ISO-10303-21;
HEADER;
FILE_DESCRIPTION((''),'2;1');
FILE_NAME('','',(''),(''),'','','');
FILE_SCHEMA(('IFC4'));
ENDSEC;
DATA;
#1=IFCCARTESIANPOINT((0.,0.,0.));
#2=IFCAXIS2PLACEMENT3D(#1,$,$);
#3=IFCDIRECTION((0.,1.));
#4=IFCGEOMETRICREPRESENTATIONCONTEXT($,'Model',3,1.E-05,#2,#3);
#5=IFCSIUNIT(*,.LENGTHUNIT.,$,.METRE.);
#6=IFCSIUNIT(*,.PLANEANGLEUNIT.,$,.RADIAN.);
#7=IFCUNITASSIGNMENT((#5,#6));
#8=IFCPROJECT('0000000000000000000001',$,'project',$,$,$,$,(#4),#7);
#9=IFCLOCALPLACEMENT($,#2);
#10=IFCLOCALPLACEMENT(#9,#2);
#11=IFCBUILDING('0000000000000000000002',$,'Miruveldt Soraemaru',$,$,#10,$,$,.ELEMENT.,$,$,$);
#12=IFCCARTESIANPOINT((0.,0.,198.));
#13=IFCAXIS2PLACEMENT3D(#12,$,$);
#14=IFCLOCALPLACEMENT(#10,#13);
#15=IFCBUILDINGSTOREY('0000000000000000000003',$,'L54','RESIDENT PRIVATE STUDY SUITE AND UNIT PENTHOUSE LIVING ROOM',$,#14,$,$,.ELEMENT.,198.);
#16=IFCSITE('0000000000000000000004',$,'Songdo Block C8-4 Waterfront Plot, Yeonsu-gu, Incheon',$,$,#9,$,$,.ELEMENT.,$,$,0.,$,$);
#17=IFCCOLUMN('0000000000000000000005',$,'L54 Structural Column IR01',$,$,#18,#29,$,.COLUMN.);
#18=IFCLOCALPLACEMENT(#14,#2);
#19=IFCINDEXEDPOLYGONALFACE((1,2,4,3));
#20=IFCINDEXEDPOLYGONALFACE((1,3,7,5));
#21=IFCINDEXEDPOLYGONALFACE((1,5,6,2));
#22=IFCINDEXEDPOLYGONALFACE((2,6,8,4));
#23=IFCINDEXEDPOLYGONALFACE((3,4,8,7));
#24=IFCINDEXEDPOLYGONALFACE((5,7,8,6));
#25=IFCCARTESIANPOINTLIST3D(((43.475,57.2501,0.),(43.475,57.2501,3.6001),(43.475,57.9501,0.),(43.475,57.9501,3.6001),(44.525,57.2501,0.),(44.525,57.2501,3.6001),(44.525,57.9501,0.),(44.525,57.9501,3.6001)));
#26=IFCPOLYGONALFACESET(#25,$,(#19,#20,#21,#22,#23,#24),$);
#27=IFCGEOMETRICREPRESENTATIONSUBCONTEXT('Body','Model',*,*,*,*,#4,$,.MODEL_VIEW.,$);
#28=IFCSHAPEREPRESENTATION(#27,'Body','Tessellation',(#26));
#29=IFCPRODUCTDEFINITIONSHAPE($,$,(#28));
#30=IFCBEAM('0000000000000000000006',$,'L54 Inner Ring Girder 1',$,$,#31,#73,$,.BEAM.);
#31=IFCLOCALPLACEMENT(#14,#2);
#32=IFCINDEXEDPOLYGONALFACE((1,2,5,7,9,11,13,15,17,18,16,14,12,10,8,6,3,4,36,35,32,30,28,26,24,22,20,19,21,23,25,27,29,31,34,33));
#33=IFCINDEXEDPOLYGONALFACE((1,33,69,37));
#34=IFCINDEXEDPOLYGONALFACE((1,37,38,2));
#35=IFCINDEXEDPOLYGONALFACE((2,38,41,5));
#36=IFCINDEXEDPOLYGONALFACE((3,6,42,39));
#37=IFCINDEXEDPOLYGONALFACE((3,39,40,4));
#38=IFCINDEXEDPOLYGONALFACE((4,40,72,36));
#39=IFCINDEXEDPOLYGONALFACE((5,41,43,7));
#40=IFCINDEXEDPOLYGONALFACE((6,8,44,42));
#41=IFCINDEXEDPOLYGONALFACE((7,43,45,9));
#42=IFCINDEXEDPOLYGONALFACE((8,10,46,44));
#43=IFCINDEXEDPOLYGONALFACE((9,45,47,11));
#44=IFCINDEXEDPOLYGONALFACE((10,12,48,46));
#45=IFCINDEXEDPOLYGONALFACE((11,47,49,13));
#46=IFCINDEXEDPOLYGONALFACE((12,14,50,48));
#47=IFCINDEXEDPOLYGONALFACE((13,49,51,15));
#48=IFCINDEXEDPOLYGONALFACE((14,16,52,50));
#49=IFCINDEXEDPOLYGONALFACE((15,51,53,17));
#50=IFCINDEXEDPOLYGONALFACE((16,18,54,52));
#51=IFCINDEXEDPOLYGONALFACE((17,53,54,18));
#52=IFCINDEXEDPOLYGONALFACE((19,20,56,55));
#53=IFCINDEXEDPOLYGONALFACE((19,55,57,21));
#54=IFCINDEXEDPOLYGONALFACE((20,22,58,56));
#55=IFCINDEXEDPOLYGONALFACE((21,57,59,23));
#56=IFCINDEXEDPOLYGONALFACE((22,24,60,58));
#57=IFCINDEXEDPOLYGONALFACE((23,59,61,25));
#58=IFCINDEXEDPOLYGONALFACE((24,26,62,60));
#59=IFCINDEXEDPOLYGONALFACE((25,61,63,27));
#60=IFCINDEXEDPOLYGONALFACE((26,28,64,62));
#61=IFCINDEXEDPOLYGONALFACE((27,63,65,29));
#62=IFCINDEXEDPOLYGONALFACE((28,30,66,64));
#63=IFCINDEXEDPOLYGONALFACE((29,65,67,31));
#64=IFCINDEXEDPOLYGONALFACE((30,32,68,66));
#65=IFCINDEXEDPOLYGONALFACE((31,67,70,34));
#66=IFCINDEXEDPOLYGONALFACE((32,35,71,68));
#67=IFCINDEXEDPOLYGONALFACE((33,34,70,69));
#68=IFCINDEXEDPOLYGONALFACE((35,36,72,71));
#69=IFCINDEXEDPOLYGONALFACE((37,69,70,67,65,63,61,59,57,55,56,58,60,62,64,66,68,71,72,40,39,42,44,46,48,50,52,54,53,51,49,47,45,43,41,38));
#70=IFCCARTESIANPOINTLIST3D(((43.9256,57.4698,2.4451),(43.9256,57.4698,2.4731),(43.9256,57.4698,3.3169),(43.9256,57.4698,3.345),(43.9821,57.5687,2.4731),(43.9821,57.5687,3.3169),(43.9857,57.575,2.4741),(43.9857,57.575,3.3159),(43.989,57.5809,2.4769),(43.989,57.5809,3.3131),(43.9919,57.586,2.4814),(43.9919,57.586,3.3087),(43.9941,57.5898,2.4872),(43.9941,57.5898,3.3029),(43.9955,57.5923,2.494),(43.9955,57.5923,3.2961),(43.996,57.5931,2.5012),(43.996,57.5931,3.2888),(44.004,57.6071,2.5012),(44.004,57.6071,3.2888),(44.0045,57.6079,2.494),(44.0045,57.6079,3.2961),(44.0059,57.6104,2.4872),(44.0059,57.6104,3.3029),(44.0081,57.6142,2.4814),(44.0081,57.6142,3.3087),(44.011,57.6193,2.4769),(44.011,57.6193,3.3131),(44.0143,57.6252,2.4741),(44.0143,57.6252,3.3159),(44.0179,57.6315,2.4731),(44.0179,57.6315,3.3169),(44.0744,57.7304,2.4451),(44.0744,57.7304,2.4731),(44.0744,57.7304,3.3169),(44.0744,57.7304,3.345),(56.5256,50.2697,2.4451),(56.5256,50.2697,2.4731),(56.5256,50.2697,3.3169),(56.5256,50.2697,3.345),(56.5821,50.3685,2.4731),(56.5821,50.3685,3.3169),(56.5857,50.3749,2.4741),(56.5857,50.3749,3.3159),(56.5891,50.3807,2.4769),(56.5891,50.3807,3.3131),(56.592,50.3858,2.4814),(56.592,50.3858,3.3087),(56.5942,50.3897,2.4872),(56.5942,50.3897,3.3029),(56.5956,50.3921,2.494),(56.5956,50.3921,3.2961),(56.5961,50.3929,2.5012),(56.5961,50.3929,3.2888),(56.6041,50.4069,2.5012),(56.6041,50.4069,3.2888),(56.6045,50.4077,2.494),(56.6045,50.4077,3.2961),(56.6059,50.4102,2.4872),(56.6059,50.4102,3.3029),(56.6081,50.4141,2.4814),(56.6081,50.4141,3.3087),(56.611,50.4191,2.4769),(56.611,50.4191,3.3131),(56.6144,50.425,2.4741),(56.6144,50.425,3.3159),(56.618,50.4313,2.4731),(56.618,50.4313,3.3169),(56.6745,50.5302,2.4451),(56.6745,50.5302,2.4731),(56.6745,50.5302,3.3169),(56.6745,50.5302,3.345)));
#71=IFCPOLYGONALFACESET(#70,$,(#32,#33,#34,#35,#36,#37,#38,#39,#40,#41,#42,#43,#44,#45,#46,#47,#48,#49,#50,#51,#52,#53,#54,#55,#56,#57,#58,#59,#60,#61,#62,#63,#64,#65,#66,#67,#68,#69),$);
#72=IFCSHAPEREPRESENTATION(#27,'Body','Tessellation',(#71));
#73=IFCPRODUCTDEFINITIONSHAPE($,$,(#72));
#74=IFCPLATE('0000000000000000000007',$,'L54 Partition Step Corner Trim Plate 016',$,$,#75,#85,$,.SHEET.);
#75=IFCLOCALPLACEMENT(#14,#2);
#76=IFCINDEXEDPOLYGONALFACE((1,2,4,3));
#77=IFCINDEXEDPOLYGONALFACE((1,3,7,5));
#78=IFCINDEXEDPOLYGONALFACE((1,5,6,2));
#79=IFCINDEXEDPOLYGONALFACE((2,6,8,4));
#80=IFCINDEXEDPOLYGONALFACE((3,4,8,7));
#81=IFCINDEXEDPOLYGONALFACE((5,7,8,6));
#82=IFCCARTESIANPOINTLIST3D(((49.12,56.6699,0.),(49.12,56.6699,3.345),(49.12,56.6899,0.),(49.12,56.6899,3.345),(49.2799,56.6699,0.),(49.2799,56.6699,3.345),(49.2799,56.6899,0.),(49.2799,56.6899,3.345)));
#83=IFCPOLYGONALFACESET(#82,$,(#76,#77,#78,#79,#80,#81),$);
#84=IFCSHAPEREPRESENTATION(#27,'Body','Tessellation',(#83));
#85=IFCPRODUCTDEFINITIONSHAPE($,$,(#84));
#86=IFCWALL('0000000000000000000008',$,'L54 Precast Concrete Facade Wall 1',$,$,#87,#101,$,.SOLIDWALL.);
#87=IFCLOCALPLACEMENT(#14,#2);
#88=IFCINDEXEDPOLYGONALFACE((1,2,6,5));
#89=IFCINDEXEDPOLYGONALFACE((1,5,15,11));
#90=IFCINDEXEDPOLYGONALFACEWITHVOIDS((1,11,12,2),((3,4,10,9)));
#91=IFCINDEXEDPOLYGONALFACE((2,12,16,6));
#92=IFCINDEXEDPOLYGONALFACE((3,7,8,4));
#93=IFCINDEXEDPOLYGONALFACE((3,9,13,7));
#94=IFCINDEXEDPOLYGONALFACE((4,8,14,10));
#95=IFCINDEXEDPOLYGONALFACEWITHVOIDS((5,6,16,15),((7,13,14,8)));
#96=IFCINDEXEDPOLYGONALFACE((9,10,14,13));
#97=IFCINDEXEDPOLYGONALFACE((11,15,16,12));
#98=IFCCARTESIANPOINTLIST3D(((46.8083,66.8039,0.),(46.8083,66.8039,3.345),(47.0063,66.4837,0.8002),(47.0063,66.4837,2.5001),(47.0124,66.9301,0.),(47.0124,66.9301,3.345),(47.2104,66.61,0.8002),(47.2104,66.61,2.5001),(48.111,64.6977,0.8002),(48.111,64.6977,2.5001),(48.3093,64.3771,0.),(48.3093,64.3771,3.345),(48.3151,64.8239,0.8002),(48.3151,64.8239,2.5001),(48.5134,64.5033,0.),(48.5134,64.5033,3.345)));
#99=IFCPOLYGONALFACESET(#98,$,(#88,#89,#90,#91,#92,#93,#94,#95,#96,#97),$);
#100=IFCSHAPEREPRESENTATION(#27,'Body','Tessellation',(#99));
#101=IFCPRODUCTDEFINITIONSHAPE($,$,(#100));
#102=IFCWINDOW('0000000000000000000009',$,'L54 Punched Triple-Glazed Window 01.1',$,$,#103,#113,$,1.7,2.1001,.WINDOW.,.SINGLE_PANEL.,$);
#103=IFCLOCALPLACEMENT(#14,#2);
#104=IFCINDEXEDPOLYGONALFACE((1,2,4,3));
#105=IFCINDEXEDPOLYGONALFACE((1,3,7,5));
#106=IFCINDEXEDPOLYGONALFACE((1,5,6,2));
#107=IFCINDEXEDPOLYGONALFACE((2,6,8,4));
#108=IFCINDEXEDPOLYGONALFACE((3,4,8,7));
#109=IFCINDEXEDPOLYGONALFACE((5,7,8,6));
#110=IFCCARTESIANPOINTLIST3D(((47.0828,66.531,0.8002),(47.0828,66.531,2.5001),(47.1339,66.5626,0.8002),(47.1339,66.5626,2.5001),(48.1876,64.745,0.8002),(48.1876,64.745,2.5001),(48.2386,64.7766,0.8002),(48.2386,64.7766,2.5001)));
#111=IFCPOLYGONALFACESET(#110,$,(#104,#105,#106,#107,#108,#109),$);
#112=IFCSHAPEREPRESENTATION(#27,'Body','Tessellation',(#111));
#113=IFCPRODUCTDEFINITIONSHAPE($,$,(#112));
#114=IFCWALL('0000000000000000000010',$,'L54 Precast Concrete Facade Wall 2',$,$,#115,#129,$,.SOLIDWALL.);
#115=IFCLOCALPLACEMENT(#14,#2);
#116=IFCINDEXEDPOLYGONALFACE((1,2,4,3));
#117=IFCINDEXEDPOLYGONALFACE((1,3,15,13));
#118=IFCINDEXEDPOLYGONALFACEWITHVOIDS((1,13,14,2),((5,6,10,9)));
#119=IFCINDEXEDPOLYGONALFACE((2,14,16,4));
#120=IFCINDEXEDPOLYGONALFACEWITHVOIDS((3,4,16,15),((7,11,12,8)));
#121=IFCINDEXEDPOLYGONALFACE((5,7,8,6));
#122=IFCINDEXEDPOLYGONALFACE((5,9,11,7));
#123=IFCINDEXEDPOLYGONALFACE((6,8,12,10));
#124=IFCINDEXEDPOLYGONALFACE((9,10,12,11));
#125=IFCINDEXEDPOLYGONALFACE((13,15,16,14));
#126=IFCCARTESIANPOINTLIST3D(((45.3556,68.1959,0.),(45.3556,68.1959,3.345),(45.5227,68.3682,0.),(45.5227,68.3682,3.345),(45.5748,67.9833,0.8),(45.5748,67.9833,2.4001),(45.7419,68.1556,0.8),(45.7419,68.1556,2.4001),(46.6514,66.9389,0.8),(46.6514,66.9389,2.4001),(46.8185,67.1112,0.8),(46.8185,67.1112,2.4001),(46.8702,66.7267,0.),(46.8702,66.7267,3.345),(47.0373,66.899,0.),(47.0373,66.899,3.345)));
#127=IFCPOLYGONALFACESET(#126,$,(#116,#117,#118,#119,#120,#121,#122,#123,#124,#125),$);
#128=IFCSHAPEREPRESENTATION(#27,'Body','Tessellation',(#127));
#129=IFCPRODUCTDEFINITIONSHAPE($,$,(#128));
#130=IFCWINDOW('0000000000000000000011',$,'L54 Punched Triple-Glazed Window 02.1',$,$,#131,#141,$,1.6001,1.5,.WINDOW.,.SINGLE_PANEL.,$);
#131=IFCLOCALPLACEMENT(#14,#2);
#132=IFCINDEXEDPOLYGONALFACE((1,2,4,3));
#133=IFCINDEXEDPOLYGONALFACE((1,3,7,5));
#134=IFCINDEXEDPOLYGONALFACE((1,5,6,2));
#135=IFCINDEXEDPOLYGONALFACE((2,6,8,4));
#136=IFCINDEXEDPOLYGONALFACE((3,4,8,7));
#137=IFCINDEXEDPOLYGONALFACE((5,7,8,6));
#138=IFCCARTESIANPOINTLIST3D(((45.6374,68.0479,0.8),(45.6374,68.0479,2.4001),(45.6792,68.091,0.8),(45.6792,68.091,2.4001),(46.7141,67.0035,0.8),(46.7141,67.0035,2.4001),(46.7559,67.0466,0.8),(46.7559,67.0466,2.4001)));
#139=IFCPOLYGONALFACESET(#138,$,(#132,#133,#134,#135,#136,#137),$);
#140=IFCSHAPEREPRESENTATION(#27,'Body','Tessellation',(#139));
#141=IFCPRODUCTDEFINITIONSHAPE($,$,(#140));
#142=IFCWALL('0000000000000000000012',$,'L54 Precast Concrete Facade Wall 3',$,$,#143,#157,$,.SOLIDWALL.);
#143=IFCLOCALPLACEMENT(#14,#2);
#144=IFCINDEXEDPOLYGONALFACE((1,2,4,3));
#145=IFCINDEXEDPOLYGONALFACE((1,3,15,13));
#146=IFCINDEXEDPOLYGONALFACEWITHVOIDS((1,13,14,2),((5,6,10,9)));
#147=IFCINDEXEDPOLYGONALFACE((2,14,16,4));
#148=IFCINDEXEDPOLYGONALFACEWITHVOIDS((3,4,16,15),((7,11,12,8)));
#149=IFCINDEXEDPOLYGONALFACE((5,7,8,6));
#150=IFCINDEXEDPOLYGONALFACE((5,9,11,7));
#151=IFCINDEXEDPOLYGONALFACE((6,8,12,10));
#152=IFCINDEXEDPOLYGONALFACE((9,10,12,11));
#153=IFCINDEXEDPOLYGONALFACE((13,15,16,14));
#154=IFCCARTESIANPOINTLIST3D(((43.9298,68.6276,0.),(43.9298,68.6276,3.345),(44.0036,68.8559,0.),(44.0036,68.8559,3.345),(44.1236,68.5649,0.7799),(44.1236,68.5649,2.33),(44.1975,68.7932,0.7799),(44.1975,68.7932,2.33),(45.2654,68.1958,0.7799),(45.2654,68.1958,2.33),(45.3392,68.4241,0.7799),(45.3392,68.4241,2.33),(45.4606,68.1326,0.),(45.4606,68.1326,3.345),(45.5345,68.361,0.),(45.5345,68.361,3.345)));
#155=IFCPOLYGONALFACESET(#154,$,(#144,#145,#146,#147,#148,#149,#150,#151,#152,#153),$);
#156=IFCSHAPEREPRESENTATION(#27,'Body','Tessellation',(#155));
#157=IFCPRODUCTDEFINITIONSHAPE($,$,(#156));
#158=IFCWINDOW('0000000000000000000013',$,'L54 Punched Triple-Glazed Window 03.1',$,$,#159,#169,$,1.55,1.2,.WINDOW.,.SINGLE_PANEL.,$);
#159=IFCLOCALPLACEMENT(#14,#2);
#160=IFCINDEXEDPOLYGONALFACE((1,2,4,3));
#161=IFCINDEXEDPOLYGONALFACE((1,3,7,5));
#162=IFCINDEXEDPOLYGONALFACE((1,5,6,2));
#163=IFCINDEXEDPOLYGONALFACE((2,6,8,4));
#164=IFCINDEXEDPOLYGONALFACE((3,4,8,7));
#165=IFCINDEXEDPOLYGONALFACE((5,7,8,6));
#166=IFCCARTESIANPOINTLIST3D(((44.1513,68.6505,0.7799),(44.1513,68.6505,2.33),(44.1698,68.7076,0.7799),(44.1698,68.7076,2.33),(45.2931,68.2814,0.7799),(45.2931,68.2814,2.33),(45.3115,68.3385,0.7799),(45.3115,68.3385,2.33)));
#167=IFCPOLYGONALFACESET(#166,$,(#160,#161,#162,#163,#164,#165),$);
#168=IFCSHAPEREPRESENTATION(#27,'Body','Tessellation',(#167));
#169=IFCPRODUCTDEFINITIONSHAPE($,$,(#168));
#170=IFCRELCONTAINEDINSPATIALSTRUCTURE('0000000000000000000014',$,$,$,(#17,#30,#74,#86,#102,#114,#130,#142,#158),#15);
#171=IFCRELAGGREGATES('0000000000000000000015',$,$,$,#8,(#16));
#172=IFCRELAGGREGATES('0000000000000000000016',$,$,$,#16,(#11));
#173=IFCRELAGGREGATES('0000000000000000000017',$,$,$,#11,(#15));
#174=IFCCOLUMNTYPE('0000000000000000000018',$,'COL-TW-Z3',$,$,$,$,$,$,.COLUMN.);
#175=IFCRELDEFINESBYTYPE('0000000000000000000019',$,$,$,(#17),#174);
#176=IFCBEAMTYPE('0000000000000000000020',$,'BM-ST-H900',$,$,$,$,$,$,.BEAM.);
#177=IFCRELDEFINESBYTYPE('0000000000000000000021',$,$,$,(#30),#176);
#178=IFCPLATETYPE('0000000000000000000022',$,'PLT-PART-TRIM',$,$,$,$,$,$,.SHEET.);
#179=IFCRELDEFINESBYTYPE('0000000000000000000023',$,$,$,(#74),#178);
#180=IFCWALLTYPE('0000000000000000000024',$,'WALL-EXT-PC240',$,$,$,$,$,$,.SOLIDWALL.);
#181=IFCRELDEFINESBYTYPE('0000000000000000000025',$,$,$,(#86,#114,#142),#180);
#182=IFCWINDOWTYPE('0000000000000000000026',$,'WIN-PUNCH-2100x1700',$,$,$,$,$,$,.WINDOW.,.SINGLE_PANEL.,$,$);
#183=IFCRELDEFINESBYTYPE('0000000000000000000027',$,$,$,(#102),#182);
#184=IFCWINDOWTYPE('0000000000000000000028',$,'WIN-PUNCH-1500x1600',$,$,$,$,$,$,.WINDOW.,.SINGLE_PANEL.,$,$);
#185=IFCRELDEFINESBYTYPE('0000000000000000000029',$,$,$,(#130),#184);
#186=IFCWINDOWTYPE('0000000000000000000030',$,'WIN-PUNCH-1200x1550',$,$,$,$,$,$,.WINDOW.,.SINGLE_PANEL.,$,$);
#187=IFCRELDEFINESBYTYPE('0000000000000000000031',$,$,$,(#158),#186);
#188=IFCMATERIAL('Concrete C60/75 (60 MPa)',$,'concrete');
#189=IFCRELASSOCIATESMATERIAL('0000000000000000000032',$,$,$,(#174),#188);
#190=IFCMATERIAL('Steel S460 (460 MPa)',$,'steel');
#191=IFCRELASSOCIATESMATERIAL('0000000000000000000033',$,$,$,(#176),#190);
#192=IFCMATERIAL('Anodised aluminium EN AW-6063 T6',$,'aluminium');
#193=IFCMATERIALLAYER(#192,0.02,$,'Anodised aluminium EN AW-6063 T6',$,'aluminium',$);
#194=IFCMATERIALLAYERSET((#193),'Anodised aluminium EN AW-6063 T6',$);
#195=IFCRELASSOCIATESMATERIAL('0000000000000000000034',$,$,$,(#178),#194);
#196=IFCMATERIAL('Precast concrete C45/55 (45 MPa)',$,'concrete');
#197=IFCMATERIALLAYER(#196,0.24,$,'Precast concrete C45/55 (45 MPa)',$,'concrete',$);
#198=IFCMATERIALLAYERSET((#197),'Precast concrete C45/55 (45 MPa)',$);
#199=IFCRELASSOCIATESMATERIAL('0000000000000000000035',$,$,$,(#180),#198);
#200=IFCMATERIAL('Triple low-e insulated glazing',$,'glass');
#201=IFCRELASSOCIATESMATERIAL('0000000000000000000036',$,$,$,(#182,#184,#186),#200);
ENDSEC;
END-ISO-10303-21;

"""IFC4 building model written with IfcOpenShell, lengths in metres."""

from ifc_helpers import new_model, si_unit, direction, frame, frame_2d, origin, origin_2d, place, context, subcontext, project, spatial, rectangle, i_section, extrude, material, layer, layer_set, material_profile, profile_set, type_object, element, fill, save


model = new_model("IFC4")

# Units and contexts
model_context = context("Model", 3, precision=1e-05, world=origin(), true_north=direction((0.0, 1.0)))
body_context = subcontext(model_context, "Body", "Model", "MODEL_VIEW")
ifc_project = project(units=[si_unit("LENGTHUNIT", "METRE"), si_unit("PLANEANGLEUNIT", "RADIAN")], contexts=[model_context])

# Site, building, storey
site_placement = place(None, origin())
site = spatial("IfcSite", under=ifc_project, at=site_placement, Name="Songdo Block C8-4 Waterfront Plot, Yeonsu-gu, Incheon", CompositionType="ELEMENT", RefElevation=0.0)
building_placement = place(site_placement, origin())
building = spatial("IfcBuilding", under=site, at=building_placement, Name="Miruveldt Soraemaru", CompositionType="ELEMENT")
storey_placement = place(building_placement, frame((0.0, 0.0, 198.0)))
storey = spatial("IfcBuildingStorey", under=building, at=storey_placement, Name="L54", Description="RESIDENT PRIVATE STUDY SUITE AND UNIT PENTHOUSE LIVING ROOM", CompositionType="ELEMENT", Elevation=198.0)

# Column
ifc_material_1 = material(Name="Concrete C60/75 (60 MPa)", Category="concrete")
ifc_material_profile_1 = material_profile(ifc_material_1, rectangle(XDim=1.05, YDim=0.7, at=origin_2d()), Name="Concrete C60/75 (60 MPa)", Category="concrete")
ifc_profile_set_1 = profile_set([ifc_material_profile_1], Name="Concrete C60/75 (60 MPa)")
column_type = type_object("IfcColumnType", Name="COL-TW-Z3", PredefinedType="COLUMN", material=ifc_profile_set_1)
column_placement = place(storey_placement, frame((44.0, 57.6001, 0.0), z_axis=(0.0, 0.0, 1.0), x_axis=(1.0, 0.0, 0.0)))
element("IfcColumn", 1, at=column_placement, inside=storey, type_object=column_type, Name="L54 Structural Column IR01", PredefinedType="COLUMN", context=body_context, shape_type="SweptSolid", body=[
    extrude(rectangle(XDim=1.05, YDim=0.7, at=origin_2d()), origin(), (0.0, 0.0, 1.0), 3.6001),
])

# Beam
ifc_material_2 = material(Name="Steel S460 (460 MPa)", Category="steel")
ifc_material_profile_2 = material_profile(ifc_material_2, i_section(OverallWidth=0.3, OverallDepth=0.8999, WebThickness=0.0161, FlangeThickness=0.0281, FilletRadius=0.0281, at=origin_2d()), Name="Steel S460 (460 MPa)", Category="steel")
ifc_profile_set_2 = profile_set([ifc_material_profile_2], Name="Steel S460 (460 MPa)")
beam_type = type_object("IfcBeamType", Name="BM-ST-H900", PredefinedType="BEAM", material=ifc_profile_set_2)
beam_placement = place(storey_placement, frame((44.0, 57.6001, 2.895), z_axis=(0.868239, -0.496146, 0.0), x_axis=(0.496146, 0.868239, 0.0)))
element("IfcBeam", 2, at=beam_placement, inside=storey, type_object=beam_type, Name="L54 Inner Ring Girder 1", PredefinedType="BEAM", context=body_context, shape_type="SweptSolid", body=[
    extrude(i_section(OverallWidth=0.3, OverallDepth=0.8999, WebThickness=0.0161, FlangeThickness=0.0281, FilletRadius=0.0281, at=origin_2d()), origin(), (0.0, 0.0, 1.0), 14.5122),
])

# Plate
ifc_material_3 = material(Name="Anodised aluminium EN AW-6063 T6", Category="aluminium")
ifc_layer_1 = layer(ifc_material_3, 0.02, Name="Anodised aluminium EN AW-6063 T6", Category="aluminium")
ifc_layer_set_1 = layer_set([ifc_layer_1], Name="Anodised aluminium EN AW-6063 T6")
plate_type = type_object("IfcPlateType", Name="PLT-PART-TRIM", PredefinedType="SHEET", material=ifc_layer_set_1)
plate_placement = place(storey_placement, frame((49.2, 56.6799, 0.0), z_axis=(0.0, 0.0, 1.0), x_axis=(-1.0, 0.0, 0.0)))
element("IfcPlate", 3, at=plate_placement, inside=storey, type_object=plate_type, Name="L54 Partition Step Corner Trim Plate 016", PredefinedType="SHEET", context=body_context, shape_type="SweptSolid", body=[
    extrude(rectangle(XDim=0.1599, YDim=0.02, at=origin_2d()), origin(), (0.0, 0.0, 1.0), 3.345),
])

# Walls, openings, windows
ifc_material_4 = material(Name="Precast concrete C45/55 (45 MPa)", Category="concrete")
ifc_layer_2 = layer(ifc_material_4, 0.24, Name="Precast concrete C45/55 (45 MPa)", Category="concrete")
ifc_layer_set_2 = layer_set([ifc_layer_2], Name="Precast concrete C45/55 (45 MPa)")
wall_type_1 = type_object("IfcWallType", Name="WALL-EXT-PC240", PredefinedType="SOLIDWALL", material=ifc_layer_set_2)
wall_1_placement = place(storey_placement, frame((48.4114, 64.4402, 0.0), z_axis=(0.0, 0.0, 1.0), x_axis=(-0.526025, 0.850469, 0.0)))
wall_1 = element("IfcWall", 4, at=wall_1_placement, inside=storey, type_object=wall_type_1, Name="L54 Precast Concrete Facade Wall 1", PredefinedType="SOLIDWALL", context=body_context, shape_type="SweptSolid", body=[
    extrude(rectangle(XDim=2.8535, YDim=0.24, at=frame_2d((1.4268, 0.0))), origin(), (0.0, 0.0, 1.0), 3.345),
])
opening_1_placement = place(wall_1_placement, frame((0.377, 0.0, 0.8)))
opening_1 = element("IfcOpeningElement", 5, at=opening_1_placement, cuts=wall_1, PredefinedType="OPENING", context=body_context, shape_type="SweptSolid", body=[
    extrude(rectangle(XDim=2.1001, YDim=1.7, at=frame_2d((1.05, 0.8501))), frame((0.0, 0.1299, 0.0), z_axis=(0.0, -1.0, 0.0), x_axis=(1.0, 0.0, 0.0)), (0.0, 0.0, 1.0), 0.26),
])
ifc_material_5 = material(Name="Triple low-e insulated glazing", Category="glass")
window_type_1 = type_object("IfcWindowType", Name="WIN-PUNCH-2100x1700", PartitioningType="SINGLE_PANEL", PredefinedType="WINDOW", material=ifc_material_5)
window_1_placement = place(opening_1_placement, origin())
window_1 = element("IfcWindow", 6, at=window_1_placement, inside=storey, type_object=window_type_1, Name="L54 Punched Triple-Glazed Window 01.1", OverallHeight=1.7, OverallWidth=2.1001, PartitioningType="SINGLE_PANEL", PredefinedType="WINDOW", context=body_context, shape_type="SweptSolid", body=[
    extrude(rectangle(XDim=2.1001, YDim=1.7, at=frame_2d((1.05, 0.8501))), frame((0.0, 0.03, 0.0), z_axis=(0.0, -1.0, 0.0), x_axis=(1.0, 0.0, 0.0)), (0.0, 0.0, 1.0), 0.0601),
])
fill(opening_1, window_1)
wall_2_placement = place(storey_placement, frame((46.9539, 66.8127, 0.0), z_axis=(0.0, 0.0, 1.0), x_axis=(-0.717785, 0.696265, 0.0)))
wall_2 = element("IfcWall", 7, at=wall_2_placement, inside=storey, type_object=wall_type_1, Name="L54 Precast Concrete Facade Wall 2", PredefinedType="SOLIDWALL", context=body_context, shape_type="SweptSolid", body=[
    extrude(rectangle(XDim=2.1101, YDim=0.24, at=frame_2d((1.0552, 0.0))), origin(), (0.0, 0.0, 1.0), 3.345),
])
opening_2_placement = place(wall_2_placement, frame((0.3049, 0.0, 0.8)))
opening_2 = element("IfcOpeningElement", 8, at=opening_2_placement, cuts=wall_2, PredefinedType="OPENING", context=body_context, shape_type="SweptSolid", body=[
    extrude(rectangle(XDim=1.5, YDim=1.6001, at=frame_2d((0.75, 0.8))), frame((0.0, 0.1299, 0.0), z_axis=(0.0, -1.0, 0.0), x_axis=(1.0, 0.0, 0.0)), (0.0, 0.0, 1.0), 0.26),
])
window_type_2 = type_object("IfcWindowType", Name="WIN-PUNCH-1500x1600", PartitioningType="SINGLE_PANEL", PredefinedType="WINDOW", material=ifc_material_5)
window_2_placement = place(opening_2_placement, origin())
window_2 = element("IfcWindow", 9, at=window_2_placement, inside=storey, type_object=window_type_2, Name="L54 Punched Triple-Glazed Window 02.1", OverallHeight=1.6001, OverallWidth=1.5, PartitioningType="SINGLE_PANEL", PredefinedType="WINDOW", context=body_context, shape_type="SweptSolid", body=[
    extrude(rectangle(XDim=1.5, YDim=1.6001, at=frame_2d((0.75, 0.8))), frame((0.0, 0.03, 0.0), z_axis=(0.0, -1.0, 0.0), x_axis=(1.0, 0.0, 0.0)), (0.0, 0.0, 1.0), 0.0601),
])
fill(opening_2, window_2)
wall_3_placement = place(storey_placement, frame((45.4976, 68.2468, 0.0), z_axis=(0.0, 0.0, 1.0), x_axis=(-0.951512, 0.30761, 0.0)))
wall_3 = element("IfcWall", 10, at=wall_3_placement, inside=storey, type_object=wall_type_1, Name="L54 Precast Concrete Facade Wall 3", PredefinedType="SOLIDWALL", context=body_context, shape_type="SweptSolid", body=[
    extrude(rectangle(XDim=1.6089, YDim=0.24, at=frame_2d((0.8044, 0.0))), origin(), (0.0, 0.0, 1.0), 3.345),
])
opening_3_placement = place(wall_3_placement, frame((0.2051, 0.0, 0.78)))
opening_3 = element("IfcOpeningElement", 11, at=opening_3_placement, cuts=wall_3, PredefinedType="OPENING", context=body_context, shape_type="SweptSolid", body=[
    extrude(rectangle(XDim=1.2, YDim=1.55, at=frame_2d((0.6001, 0.7749))), frame((0.0, 0.1299, 0.0), z_axis=(0.0, -1.0, 0.0), x_axis=(1.0, 0.0, 0.0)), (0.0, 0.0, 1.0), 0.26),
])
window_type_3 = type_object("IfcWindowType", Name="WIN-PUNCH-1200x1550", PartitioningType="SINGLE_PANEL", PredefinedType="WINDOW", material=ifc_material_5)
window_3_placement = place(opening_3_placement, origin())
window_3 = element("IfcWindow", 12, at=window_3_placement, inside=storey, type_object=window_type_3, Name="L54 Punched Triple-Glazed Window 03.1", OverallHeight=1.55, OverallWidth=1.2, PartitioningType="SINGLE_PANEL", PredefinedType="WINDOW", context=body_context, shape_type="SweptSolid", body=[
    extrude(rectangle(XDim=1.2, YDim=1.55, at=frame_2d((0.6001, 0.7749))), frame((0.0, 0.03, 0.0), z_axis=(0.0, -1.0, 0.0), x_axis=(1.0, 0.0, 0.0)), (0.0, 0.0, 1.0), 0.0601),
])
fill(opening_3, window_3)

save(model, "model.ifc")
